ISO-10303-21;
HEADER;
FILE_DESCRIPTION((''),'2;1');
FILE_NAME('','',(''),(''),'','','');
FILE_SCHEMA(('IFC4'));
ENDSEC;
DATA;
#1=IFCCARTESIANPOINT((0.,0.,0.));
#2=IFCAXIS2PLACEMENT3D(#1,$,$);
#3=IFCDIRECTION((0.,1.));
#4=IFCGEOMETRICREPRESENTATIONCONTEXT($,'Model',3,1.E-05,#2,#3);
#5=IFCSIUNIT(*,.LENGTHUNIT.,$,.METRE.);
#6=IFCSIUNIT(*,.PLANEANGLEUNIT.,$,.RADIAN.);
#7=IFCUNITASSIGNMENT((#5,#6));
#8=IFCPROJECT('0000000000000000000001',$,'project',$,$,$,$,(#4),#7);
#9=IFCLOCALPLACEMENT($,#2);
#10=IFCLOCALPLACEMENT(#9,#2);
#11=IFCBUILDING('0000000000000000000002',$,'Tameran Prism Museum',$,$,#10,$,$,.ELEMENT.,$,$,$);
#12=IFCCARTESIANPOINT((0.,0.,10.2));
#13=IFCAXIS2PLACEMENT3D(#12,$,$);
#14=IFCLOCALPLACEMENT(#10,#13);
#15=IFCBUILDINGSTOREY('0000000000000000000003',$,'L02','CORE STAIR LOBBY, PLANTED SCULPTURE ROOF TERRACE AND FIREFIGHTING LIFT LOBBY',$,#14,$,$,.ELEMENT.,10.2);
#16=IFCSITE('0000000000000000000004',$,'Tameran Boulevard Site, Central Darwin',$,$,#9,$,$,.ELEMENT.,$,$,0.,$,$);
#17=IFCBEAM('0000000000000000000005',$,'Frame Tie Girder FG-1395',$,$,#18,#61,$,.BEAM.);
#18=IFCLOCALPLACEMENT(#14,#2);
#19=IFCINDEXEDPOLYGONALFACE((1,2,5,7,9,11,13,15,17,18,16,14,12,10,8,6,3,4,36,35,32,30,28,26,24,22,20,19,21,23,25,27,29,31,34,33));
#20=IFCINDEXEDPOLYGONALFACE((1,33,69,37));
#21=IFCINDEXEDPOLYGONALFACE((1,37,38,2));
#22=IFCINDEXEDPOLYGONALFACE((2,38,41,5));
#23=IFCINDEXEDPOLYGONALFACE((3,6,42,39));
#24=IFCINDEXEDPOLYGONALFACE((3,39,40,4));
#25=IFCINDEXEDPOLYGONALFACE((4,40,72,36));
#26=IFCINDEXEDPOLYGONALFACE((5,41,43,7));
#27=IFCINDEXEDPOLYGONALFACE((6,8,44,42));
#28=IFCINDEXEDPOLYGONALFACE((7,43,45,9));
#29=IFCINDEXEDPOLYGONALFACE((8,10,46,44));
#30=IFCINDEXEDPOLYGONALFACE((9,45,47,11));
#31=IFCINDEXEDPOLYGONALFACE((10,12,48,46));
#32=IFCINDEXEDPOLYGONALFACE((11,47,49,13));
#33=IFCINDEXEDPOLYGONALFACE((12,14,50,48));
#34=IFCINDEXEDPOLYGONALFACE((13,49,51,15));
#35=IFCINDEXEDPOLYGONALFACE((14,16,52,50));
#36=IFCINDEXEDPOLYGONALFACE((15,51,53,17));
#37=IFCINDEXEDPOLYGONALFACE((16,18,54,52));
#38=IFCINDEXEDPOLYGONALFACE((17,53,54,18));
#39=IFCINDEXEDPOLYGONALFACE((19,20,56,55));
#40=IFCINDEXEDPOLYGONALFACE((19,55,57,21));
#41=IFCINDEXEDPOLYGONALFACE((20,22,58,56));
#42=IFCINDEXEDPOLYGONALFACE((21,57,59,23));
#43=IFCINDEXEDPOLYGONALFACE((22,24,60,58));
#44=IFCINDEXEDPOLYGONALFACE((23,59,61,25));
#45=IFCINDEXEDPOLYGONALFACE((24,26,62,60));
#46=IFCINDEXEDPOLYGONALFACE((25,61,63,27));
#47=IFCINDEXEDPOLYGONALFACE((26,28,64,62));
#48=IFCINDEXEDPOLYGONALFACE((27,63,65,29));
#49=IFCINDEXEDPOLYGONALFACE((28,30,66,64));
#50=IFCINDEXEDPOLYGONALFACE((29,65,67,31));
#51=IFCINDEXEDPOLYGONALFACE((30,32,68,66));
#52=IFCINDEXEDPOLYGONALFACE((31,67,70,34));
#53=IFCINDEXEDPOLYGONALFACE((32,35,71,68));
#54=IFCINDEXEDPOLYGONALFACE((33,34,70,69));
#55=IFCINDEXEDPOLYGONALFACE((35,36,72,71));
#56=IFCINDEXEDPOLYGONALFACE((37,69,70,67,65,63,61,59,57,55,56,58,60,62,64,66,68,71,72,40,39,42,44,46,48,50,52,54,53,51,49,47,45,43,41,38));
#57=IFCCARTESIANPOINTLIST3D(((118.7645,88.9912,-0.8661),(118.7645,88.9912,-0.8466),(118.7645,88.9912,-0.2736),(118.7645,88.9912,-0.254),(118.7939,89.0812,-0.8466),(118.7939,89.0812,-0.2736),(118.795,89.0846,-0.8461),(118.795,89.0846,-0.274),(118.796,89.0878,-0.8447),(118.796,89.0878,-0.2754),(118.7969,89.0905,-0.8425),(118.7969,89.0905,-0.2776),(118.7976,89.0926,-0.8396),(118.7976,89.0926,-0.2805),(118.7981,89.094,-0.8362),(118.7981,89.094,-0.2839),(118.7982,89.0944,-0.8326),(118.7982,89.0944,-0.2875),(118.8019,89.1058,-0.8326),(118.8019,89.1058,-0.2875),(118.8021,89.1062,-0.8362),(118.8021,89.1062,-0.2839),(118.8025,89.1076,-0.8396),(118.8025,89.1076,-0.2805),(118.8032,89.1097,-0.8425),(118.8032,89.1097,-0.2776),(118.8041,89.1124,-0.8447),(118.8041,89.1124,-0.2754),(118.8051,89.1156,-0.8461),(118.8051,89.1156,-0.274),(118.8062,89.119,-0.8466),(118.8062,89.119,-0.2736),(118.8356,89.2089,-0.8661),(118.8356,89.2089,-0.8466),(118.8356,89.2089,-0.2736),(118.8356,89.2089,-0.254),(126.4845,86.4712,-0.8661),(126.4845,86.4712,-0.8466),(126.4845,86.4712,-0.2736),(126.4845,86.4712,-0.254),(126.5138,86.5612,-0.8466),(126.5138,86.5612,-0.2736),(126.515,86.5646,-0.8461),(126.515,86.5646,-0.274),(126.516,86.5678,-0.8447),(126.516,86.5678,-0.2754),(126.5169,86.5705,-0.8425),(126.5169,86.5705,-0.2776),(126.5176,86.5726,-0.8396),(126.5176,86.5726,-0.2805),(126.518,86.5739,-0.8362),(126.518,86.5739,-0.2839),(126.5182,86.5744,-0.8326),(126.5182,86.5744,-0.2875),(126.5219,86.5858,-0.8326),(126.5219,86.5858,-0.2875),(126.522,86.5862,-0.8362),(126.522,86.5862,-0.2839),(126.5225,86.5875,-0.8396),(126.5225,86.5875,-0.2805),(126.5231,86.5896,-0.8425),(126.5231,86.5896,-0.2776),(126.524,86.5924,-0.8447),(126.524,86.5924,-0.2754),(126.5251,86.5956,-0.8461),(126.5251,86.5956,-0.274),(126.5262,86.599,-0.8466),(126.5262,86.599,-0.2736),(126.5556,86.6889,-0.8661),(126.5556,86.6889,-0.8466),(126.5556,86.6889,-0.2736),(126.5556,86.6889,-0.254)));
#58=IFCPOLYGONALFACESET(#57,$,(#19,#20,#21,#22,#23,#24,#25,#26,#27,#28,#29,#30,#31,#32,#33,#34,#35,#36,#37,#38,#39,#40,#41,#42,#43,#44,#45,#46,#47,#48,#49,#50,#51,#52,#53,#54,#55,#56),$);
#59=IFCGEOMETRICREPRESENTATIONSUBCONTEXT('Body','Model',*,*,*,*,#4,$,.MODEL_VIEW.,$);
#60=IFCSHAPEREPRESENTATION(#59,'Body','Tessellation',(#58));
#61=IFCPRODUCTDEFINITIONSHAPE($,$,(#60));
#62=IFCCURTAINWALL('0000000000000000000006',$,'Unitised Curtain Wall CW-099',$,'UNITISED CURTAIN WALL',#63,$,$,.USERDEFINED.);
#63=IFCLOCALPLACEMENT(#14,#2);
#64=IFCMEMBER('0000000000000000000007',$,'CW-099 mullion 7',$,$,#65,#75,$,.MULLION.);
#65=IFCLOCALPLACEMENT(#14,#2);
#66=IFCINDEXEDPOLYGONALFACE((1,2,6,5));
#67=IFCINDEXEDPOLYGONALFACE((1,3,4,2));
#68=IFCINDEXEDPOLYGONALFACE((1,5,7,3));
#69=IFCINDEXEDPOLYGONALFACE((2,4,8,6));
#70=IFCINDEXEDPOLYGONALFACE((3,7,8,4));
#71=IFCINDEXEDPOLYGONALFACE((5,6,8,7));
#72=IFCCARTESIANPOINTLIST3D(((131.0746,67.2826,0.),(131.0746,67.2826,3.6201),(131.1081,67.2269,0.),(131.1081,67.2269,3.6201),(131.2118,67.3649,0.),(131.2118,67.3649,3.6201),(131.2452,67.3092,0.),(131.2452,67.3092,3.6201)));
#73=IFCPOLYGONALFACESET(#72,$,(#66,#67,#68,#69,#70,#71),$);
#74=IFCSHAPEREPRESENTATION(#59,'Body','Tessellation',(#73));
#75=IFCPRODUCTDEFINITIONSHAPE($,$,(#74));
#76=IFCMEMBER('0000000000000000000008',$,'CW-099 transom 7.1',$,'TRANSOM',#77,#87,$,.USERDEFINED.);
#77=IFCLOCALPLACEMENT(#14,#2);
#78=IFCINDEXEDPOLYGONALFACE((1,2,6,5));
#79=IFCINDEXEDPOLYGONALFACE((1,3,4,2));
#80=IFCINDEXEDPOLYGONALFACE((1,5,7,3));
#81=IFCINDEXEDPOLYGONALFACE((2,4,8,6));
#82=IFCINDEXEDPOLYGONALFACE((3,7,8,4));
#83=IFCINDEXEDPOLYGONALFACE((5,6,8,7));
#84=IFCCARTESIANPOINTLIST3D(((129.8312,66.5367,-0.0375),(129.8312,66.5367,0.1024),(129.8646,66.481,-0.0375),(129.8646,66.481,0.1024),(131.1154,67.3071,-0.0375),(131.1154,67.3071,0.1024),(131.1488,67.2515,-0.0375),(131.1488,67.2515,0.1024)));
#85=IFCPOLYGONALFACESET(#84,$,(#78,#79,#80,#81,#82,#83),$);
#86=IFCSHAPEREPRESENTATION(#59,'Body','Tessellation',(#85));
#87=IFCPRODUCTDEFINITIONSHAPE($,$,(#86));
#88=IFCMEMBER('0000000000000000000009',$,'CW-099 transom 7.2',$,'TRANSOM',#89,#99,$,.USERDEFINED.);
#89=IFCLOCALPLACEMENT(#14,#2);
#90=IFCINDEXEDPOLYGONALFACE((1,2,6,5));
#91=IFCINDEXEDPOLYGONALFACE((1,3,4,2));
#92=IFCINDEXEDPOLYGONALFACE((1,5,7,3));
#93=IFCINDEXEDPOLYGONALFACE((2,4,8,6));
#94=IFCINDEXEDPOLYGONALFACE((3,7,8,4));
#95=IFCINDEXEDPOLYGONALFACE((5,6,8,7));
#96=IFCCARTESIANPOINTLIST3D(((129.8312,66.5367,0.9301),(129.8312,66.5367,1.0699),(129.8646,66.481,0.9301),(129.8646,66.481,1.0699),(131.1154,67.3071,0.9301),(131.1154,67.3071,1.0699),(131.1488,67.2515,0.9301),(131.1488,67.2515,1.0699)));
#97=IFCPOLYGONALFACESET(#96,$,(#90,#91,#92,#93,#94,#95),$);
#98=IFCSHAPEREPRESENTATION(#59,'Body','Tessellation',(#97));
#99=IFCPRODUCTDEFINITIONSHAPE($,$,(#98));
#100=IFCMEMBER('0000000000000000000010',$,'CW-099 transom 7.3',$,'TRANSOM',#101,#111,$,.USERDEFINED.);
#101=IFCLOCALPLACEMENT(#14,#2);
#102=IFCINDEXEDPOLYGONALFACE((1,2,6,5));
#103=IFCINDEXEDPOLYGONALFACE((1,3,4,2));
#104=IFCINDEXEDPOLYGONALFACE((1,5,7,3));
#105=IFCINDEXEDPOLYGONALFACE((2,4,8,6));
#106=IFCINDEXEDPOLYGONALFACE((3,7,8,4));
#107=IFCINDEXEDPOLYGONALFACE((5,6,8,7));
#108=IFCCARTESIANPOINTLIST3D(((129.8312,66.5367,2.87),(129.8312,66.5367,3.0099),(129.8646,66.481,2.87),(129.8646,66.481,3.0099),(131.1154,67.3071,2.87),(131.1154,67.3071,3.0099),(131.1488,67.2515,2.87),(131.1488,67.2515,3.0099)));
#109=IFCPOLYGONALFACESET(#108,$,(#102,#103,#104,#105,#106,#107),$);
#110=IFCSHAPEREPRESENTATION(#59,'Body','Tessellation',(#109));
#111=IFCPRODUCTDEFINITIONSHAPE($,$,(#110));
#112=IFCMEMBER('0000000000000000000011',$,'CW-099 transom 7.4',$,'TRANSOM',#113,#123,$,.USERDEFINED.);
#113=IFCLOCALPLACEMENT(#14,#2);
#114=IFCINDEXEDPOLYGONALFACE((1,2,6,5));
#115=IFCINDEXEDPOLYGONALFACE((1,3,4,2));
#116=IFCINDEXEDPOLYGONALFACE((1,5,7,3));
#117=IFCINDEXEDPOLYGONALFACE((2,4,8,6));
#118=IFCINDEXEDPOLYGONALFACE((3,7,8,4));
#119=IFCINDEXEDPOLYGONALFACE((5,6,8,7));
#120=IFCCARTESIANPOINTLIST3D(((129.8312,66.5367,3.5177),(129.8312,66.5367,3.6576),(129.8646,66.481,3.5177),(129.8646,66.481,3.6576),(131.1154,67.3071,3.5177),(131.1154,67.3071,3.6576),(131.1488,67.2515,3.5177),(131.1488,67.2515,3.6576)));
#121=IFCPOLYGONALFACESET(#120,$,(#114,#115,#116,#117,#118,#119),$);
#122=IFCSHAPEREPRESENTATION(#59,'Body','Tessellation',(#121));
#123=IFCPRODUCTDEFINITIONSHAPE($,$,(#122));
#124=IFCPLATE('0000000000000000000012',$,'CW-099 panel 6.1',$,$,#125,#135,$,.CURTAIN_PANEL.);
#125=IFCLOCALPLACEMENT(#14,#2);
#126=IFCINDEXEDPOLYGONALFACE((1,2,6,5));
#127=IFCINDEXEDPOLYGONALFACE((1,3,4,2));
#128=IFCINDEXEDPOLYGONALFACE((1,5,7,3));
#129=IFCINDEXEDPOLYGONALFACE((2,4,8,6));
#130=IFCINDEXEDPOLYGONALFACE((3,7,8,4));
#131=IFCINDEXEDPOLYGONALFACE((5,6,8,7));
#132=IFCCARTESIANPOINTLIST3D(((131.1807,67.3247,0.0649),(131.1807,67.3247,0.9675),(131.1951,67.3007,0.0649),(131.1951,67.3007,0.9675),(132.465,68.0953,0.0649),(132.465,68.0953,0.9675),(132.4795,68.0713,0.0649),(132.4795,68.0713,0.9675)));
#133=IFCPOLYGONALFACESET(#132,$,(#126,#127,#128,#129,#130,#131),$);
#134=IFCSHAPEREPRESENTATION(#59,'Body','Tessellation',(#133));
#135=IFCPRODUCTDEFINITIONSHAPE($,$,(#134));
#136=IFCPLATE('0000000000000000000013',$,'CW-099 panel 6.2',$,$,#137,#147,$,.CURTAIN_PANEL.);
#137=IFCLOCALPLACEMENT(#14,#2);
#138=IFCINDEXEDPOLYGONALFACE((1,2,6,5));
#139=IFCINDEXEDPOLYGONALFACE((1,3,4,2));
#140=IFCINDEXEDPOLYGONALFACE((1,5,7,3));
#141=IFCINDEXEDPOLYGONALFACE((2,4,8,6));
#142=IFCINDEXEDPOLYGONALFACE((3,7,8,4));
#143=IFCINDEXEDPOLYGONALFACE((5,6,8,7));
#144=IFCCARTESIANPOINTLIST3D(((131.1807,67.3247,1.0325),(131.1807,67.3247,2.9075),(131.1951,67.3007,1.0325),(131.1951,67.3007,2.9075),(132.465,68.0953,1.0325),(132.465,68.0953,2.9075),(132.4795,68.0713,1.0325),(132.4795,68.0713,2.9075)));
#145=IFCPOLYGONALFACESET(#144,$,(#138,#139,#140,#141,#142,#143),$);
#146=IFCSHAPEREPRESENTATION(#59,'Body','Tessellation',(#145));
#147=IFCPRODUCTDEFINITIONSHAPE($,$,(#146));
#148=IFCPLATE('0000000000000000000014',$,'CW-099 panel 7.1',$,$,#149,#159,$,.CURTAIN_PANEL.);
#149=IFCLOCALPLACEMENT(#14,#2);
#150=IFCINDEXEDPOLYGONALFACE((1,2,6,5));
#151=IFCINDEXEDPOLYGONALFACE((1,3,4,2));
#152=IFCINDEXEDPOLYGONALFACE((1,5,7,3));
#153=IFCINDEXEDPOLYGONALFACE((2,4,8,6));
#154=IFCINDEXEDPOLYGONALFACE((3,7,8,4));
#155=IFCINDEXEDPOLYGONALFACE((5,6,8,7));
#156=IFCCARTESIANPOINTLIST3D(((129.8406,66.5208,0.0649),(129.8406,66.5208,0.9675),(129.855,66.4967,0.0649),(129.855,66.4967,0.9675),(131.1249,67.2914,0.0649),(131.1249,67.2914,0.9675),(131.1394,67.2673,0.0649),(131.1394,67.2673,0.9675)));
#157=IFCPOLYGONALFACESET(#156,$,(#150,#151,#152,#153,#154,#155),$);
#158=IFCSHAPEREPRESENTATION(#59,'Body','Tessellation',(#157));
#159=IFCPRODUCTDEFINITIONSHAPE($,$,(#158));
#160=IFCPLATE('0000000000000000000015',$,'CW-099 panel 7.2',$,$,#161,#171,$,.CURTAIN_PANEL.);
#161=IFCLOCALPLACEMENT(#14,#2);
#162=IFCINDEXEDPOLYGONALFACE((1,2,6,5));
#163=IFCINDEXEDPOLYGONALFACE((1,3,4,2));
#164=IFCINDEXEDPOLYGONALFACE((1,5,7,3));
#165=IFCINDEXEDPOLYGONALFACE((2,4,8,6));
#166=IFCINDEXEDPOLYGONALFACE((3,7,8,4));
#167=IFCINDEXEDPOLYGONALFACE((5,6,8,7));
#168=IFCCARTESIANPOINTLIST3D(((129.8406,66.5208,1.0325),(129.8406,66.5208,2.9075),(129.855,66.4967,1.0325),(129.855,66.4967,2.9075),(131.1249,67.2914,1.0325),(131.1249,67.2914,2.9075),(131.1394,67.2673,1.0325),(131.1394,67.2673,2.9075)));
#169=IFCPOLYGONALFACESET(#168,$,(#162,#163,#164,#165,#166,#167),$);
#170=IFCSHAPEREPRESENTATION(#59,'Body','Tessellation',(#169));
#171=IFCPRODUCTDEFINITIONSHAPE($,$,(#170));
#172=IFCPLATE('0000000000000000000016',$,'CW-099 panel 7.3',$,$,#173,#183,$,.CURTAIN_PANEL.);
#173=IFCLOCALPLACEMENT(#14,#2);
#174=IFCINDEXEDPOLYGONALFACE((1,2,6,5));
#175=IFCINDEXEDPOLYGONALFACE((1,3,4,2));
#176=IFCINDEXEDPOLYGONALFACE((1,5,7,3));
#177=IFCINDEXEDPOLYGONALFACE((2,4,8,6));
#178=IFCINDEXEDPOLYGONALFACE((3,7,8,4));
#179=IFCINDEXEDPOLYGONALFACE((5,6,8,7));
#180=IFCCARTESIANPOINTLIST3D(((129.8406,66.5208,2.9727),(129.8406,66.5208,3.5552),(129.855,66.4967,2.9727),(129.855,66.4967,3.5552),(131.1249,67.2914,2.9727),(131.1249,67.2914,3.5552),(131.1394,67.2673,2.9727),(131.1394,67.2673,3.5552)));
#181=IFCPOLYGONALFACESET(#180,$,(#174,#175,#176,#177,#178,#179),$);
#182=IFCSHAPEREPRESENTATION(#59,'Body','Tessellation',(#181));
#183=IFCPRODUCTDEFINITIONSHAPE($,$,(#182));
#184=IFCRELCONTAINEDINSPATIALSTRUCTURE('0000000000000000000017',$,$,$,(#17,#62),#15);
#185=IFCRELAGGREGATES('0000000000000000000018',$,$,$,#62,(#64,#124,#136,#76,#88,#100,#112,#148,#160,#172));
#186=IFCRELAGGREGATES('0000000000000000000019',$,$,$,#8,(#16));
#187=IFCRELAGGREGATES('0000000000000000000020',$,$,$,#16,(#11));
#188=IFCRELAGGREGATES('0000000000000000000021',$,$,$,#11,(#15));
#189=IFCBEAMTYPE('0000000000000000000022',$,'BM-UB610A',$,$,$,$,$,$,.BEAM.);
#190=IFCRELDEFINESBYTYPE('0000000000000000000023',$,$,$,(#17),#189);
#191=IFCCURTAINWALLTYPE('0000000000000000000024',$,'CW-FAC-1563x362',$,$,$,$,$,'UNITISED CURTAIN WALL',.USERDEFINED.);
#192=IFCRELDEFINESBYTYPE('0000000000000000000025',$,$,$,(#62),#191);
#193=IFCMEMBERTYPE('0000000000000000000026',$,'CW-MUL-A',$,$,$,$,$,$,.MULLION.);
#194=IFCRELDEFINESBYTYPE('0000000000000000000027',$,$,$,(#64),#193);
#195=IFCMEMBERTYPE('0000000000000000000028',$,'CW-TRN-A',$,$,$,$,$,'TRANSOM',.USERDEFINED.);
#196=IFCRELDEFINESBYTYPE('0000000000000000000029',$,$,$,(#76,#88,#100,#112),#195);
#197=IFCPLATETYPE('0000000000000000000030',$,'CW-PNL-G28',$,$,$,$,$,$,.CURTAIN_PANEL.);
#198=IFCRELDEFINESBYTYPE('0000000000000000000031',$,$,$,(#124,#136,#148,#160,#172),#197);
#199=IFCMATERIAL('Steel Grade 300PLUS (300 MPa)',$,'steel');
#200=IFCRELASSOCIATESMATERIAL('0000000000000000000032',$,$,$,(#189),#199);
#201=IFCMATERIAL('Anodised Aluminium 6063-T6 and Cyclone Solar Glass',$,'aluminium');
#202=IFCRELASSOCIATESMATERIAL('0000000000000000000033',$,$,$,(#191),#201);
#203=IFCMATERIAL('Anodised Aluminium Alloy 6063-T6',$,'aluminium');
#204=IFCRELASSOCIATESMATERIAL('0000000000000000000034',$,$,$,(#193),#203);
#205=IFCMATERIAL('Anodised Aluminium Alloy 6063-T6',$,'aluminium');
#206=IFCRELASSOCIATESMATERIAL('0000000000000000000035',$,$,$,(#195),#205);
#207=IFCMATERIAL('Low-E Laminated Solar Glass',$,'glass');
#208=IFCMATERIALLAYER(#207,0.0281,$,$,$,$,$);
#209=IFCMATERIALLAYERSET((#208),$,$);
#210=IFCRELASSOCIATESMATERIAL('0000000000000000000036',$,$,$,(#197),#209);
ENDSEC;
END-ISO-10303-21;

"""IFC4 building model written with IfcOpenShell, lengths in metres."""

from ifc_helpers import new_model, si_unit, direction, frame, origin, origin_2d, place, context, subcontext, project, spatial, rectangle, i_section, extrude, material, layer, layer_set, material_profile, profile_set, type_object, element, aggregate, save


model = new_model("IFC4")

# Units and contexts
model_context = context("Model", 3, precision=1e-05, world=origin(), true_north=direction((0.0, 1.0)))
body_context = subcontext(model_context, "Body", "Model", "MODEL_VIEW")
ifc_project = project(units=[si_unit("LENGTHUNIT", "METRE"), si_unit("PLANEANGLEUNIT", "RADIAN")], contexts=[model_context])

# Site, building, storey
site_placement = place(None, origin())
site = spatial("IfcSite", under=ifc_project, at=site_placement, Name="Tameran Boulevard Site, Central Darwin", CompositionType="ELEMENT", RefElevation=0.0)
building_placement = place(site_placement, origin())
building = spatial("IfcBuilding", under=site, at=building_placement, Name="Tameran Prism Museum", CompositionType="ELEMENT")
storey_placement = place(building_placement, frame((0.0, 0.0, 10.2)))
storey = spatial("IfcBuildingStorey", under=building, at=storey_placement, Name="L02", Description="CORE STAIR LOBBY, PLANTED SCULPTURE ROOF TERRACE AND FIREFIGHTING LIFT LOBBY", CompositionType="ELEMENT", Elevation=10.2)

# Beam
ifc_material_1 = material(Name="Steel Grade 300PLUS (300 MPa)", Category="steel")
ifc_material_profile_1 = material_profile(ifc_material_1, i_section(OverallWidth=0.229, OverallDepth=0.6121, WebThickness=0.012, FlangeThickness=0.0195, FilletRadius=0.0139, at=origin_2d()))
ifc_profile_set_1 = profile_set([ifc_material_profile_1])
beam_type_1 = type_object("IfcBeamType", Name="BM-UB610A", PredefinedType="BEAM", material=ifc_profile_set_1)
beam_1_placement = place(storey_placement, frame((126.52, 86.5801, -0.5601), z_axis=(-0.950634, 0.310314, 0.0), x_axis=(-0.310314, -0.950634, 0.0)))
element("IfcBeam", 1, at=beam_1_placement, inside=storey, type_object=beam_type_1, Name="Frame Tie Girder FG-1395", PredefinedType="BEAM", context=body_context, shape_type="SweptSolid", body=[
    extrude(i_section(OverallWidth=0.229, OverallDepth=0.6121, WebThickness=0.012, FlangeThickness=0.0195, FilletRadius=0.0139, at=origin_2d()), origin(), (0.0, 0.0, 1.0), 8.1208),
])

# Curtain wall, members, plates
ifc_material_2 = material(Name="Anodised Aluminium 6063-T6 and Cyclone Solar Glass", Category="aluminium")
curtain_wall_type = type_object("IfcCurtainWallType", Name="CW-FAC-1563x362", ElementType="UNITISED CURTAIN WALL", PredefinedType="USERDEFINED", material=ifc_material_2)
curtain_wall_placement = place(storey_placement, origin())
curtain_wall = element("IfcCurtainWall", 2, at=curtain_wall_placement, inside=storey, type_object=curtain_wall_type, Name="Unitised Curtain Wall CW-099", ObjectType="UNITISED CURTAIN WALL", PredefinedType="USERDEFINED")
ifc_material_3 = material(Name="Anodised Aluminium Alloy 6063-T6", Category="aluminium")
ifc_material_profile_2 = material_profile(ifc_material_3, rectangle(XDim=0.0649, YDim=0.1599, at=origin_2d()))
ifc_profile_set_2 = profile_set([ifc_material_profile_2])
member_type_1 = type_object("IfcMemberType", Name="CW-MUL-A", PredefinedType="MULLION", material=ifc_profile_set_2)
member_1_placement = place(storey_placement, frame((131.1599, 67.2959, 0.0), z_axis=(0.0, 0.0, 1.0), x_axis=(0.514496, -0.857493, 0.0)))
member_1 = element("IfcMember", 3, at=member_1_placement, type_object=member_type_1, Name="CW-099 mullion 7", PredefinedType="MULLION", context=body_context, shape_type="SweptSolid", body=[
    extrude(rectangle(XDim=0.0649, YDim=0.1599, at=origin_2d()), origin(), (0.0, 0.0, 1.0), 3.6201),
])
ifc_material_4 = material(Name="Anodised Aluminium Alloy 6063-T6", Category="aluminium")
ifc_material_profile_3 = material_profile(ifc_material_4, rectangle(XDim=0.0649, YDim=0.1399, at=origin_2d()))
ifc_profile_set_3 = profile_set([ifc_material_profile_3])
member_type_2 = type_object("IfcMemberType", Name="CW-TRN-A", ElementType="TRANSOM", PredefinedType="USERDEFINED", material=ifc_profile_set_3)
member_2_placement = place(storey_placement, frame((131.1321, 67.2793, 0.0325), z_axis=(-0.857493, -0.514496, 0.0), x_axis=(0.514496, -0.857493, 0.0)))
member_2 = element("IfcMember", 4, at=member_2_placement, type_object=member_type_2, Name="CW-099 transom 7.1", ObjectType="TRANSOM", PredefinedType="USERDEFINED", context=body_context, shape_type="SweptSolid", body=[
    extrude(rectangle(XDim=0.0649, YDim=0.1399, at=origin_2d()), origin(), (0.0, 0.0, 1.0), 1.4976),
])
member_3_placement = place(storey_placement, frame((131.1321, 67.2793, 1.0), z_axis=(-0.857493, -0.514496, 0.0), x_axis=(0.514496, -0.857493, 0.0)))
member_3 = element("IfcMember", 5, at=member_3_placement, type_object=member_type_2, Name="CW-099 transom 7.2", ObjectType="TRANSOM", PredefinedType="USERDEFINED", context=body_context, shape_type="SweptSolid", body=[
    extrude(rectangle(XDim=0.0649, YDim=0.1399, at=origin_2d()), origin(), (0.0, 0.0, 1.0), 1.4976),
])
member_4_placement = place(storey_placement, frame((131.1321, 67.2793, 2.9399), z_axis=(-0.857493, -0.514496, 0.0), x_axis=(0.514496, -0.857493, 0.0)))
member_4 = element("IfcMember", 6, at=member_4_placement, type_object=member_type_2, Name="CW-099 transom 7.3", ObjectType="TRANSOM", PredefinedType="USERDEFINED", context=body_context, shape_type="SweptSolid", body=[
    extrude(rectangle(XDim=0.0649, YDim=0.1399, at=origin_2d()), origin(), (0.0, 0.0, 1.0), 1.4976),
])
member_5_placement = place(storey_placement, frame((131.1321, 67.2793, 3.5876), z_axis=(-0.857493, -0.514496, 0.0), x_axis=(0.514496, -0.857493, 0.0)))
member_5 = element("IfcMember", 7, at=member_5_placement, type_object=member_type_2, Name="CW-099 transom 7.4", ObjectType="TRANSOM", PredefinedType="USERDEFINED", context=body_context, shape_type="SweptSolid", body=[
    extrude(rectangle(XDim=0.0649, YDim=0.1399, at=origin_2d()), origin(), (0.0, 0.0, 1.0), 1.4976),
])
ifc_material_5 = material(Name="Low-E Laminated Solar Glass", Category="glass")
ifc_layer_1 = layer(ifc_material_5, 0.0281)
ifc_layer_set_1 = layer_set([ifc_layer_1])
plate_type = type_object("IfcPlateType", Name="CW-PNL-G28", PredefinedType="CURTAIN_PANEL", material=ifc_layer_set_1)
plate_1_placement = place(storey_placement, frame((131.8301, 67.698, 0.0649), z_axis=(0.0, 0.0, 1.0), x_axis=(-0.857493, -0.514496, 0.0)))
plate_1 = element("IfcPlate", 8, at=plate_1_placement, type_object=plate_type, Name="CW-099 panel 6.1", PredefinedType="CURTAIN_PANEL", context=body_context, shape_type="SweptSolid", body=[
    extrude(rectangle(XDim=1.4978, YDim=0.0281, at=origin_2d()), origin(), (0.0, 0.0, 1.0), 0.9026),
])
plate_2_placement = place(storey_placement, frame((131.8301, 67.698, 1.0325), z_axis=(0.0, 0.0, 1.0), x_axis=(-0.857493, -0.514496, 0.0)))
plate_2 = element("IfcPlate", 9, at=plate_2_placement, type_object=plate_type, Name="CW-099 panel 6.2", PredefinedType="CURTAIN_PANEL", context=body_context, shape_type="SweptSolid", body=[
    extrude(rectangle(XDim=1.4978, YDim=0.0281, at=origin_2d()), origin(), (0.0, 0.0, 1.0), 1.875),
])
plate_3_placement = place(storey_placement, frame((130.49, 66.894, 0.0649), z_axis=(0.0, 0.0, 1.0), x_axis=(-0.857493, -0.514496, 0.0)))
plate_3 = element("IfcPlate", 10, at=plate_3_placement, type_object=plate_type, Name="CW-099 panel 7.1", PredefinedType="CURTAIN_PANEL", context=body_context, shape_type="SweptSolid", body=[
    extrude(rectangle(XDim=1.4978, YDim=0.0281, at=origin_2d()), origin(), (0.0, 0.0, 1.0), 0.9026),
])
plate_4_placement = place(storey_placement, frame((130.49, 66.894, 1.0325), z_axis=(0.0, 0.0, 1.0), x_axis=(-0.857493, -0.514496, 0.0)))
plate_4 = element("IfcPlate", 11, at=plate_4_placement, type_object=plate_type, Name="CW-099 panel 7.2", PredefinedType="CURTAIN_PANEL", context=body_context, shape_type="SweptSolid", body=[
    extrude(rectangle(XDim=1.4978, YDim=0.0281, at=origin_2d()), origin(), (0.0, 0.0, 1.0), 1.875),
])
plate_5_placement = place(storey_placement, frame((130.49, 66.894, 2.9727), z_axis=(0.0, 0.0, 1.0), x_axis=(-0.857493, -0.514496, 0.0)))
plate_5 = element("IfcPlate", 12, at=plate_5_placement, type_object=plate_type, Name="CW-099 panel 7.3", PredefinedType="CURTAIN_PANEL", context=body_context, shape_type="SweptSolid", body=[
    extrude(rectangle(XDim=1.4978, YDim=0.0281, at=origin_2d()), origin(), (0.0, 0.0, 1.0), 0.5825),
])
aggregate(curtain_wall, [member_1, plate_1, plate_2, member_2, member_3, member_4, member_5, plate_3, plate_4, plate_5])

save(model, "model.ifc")
